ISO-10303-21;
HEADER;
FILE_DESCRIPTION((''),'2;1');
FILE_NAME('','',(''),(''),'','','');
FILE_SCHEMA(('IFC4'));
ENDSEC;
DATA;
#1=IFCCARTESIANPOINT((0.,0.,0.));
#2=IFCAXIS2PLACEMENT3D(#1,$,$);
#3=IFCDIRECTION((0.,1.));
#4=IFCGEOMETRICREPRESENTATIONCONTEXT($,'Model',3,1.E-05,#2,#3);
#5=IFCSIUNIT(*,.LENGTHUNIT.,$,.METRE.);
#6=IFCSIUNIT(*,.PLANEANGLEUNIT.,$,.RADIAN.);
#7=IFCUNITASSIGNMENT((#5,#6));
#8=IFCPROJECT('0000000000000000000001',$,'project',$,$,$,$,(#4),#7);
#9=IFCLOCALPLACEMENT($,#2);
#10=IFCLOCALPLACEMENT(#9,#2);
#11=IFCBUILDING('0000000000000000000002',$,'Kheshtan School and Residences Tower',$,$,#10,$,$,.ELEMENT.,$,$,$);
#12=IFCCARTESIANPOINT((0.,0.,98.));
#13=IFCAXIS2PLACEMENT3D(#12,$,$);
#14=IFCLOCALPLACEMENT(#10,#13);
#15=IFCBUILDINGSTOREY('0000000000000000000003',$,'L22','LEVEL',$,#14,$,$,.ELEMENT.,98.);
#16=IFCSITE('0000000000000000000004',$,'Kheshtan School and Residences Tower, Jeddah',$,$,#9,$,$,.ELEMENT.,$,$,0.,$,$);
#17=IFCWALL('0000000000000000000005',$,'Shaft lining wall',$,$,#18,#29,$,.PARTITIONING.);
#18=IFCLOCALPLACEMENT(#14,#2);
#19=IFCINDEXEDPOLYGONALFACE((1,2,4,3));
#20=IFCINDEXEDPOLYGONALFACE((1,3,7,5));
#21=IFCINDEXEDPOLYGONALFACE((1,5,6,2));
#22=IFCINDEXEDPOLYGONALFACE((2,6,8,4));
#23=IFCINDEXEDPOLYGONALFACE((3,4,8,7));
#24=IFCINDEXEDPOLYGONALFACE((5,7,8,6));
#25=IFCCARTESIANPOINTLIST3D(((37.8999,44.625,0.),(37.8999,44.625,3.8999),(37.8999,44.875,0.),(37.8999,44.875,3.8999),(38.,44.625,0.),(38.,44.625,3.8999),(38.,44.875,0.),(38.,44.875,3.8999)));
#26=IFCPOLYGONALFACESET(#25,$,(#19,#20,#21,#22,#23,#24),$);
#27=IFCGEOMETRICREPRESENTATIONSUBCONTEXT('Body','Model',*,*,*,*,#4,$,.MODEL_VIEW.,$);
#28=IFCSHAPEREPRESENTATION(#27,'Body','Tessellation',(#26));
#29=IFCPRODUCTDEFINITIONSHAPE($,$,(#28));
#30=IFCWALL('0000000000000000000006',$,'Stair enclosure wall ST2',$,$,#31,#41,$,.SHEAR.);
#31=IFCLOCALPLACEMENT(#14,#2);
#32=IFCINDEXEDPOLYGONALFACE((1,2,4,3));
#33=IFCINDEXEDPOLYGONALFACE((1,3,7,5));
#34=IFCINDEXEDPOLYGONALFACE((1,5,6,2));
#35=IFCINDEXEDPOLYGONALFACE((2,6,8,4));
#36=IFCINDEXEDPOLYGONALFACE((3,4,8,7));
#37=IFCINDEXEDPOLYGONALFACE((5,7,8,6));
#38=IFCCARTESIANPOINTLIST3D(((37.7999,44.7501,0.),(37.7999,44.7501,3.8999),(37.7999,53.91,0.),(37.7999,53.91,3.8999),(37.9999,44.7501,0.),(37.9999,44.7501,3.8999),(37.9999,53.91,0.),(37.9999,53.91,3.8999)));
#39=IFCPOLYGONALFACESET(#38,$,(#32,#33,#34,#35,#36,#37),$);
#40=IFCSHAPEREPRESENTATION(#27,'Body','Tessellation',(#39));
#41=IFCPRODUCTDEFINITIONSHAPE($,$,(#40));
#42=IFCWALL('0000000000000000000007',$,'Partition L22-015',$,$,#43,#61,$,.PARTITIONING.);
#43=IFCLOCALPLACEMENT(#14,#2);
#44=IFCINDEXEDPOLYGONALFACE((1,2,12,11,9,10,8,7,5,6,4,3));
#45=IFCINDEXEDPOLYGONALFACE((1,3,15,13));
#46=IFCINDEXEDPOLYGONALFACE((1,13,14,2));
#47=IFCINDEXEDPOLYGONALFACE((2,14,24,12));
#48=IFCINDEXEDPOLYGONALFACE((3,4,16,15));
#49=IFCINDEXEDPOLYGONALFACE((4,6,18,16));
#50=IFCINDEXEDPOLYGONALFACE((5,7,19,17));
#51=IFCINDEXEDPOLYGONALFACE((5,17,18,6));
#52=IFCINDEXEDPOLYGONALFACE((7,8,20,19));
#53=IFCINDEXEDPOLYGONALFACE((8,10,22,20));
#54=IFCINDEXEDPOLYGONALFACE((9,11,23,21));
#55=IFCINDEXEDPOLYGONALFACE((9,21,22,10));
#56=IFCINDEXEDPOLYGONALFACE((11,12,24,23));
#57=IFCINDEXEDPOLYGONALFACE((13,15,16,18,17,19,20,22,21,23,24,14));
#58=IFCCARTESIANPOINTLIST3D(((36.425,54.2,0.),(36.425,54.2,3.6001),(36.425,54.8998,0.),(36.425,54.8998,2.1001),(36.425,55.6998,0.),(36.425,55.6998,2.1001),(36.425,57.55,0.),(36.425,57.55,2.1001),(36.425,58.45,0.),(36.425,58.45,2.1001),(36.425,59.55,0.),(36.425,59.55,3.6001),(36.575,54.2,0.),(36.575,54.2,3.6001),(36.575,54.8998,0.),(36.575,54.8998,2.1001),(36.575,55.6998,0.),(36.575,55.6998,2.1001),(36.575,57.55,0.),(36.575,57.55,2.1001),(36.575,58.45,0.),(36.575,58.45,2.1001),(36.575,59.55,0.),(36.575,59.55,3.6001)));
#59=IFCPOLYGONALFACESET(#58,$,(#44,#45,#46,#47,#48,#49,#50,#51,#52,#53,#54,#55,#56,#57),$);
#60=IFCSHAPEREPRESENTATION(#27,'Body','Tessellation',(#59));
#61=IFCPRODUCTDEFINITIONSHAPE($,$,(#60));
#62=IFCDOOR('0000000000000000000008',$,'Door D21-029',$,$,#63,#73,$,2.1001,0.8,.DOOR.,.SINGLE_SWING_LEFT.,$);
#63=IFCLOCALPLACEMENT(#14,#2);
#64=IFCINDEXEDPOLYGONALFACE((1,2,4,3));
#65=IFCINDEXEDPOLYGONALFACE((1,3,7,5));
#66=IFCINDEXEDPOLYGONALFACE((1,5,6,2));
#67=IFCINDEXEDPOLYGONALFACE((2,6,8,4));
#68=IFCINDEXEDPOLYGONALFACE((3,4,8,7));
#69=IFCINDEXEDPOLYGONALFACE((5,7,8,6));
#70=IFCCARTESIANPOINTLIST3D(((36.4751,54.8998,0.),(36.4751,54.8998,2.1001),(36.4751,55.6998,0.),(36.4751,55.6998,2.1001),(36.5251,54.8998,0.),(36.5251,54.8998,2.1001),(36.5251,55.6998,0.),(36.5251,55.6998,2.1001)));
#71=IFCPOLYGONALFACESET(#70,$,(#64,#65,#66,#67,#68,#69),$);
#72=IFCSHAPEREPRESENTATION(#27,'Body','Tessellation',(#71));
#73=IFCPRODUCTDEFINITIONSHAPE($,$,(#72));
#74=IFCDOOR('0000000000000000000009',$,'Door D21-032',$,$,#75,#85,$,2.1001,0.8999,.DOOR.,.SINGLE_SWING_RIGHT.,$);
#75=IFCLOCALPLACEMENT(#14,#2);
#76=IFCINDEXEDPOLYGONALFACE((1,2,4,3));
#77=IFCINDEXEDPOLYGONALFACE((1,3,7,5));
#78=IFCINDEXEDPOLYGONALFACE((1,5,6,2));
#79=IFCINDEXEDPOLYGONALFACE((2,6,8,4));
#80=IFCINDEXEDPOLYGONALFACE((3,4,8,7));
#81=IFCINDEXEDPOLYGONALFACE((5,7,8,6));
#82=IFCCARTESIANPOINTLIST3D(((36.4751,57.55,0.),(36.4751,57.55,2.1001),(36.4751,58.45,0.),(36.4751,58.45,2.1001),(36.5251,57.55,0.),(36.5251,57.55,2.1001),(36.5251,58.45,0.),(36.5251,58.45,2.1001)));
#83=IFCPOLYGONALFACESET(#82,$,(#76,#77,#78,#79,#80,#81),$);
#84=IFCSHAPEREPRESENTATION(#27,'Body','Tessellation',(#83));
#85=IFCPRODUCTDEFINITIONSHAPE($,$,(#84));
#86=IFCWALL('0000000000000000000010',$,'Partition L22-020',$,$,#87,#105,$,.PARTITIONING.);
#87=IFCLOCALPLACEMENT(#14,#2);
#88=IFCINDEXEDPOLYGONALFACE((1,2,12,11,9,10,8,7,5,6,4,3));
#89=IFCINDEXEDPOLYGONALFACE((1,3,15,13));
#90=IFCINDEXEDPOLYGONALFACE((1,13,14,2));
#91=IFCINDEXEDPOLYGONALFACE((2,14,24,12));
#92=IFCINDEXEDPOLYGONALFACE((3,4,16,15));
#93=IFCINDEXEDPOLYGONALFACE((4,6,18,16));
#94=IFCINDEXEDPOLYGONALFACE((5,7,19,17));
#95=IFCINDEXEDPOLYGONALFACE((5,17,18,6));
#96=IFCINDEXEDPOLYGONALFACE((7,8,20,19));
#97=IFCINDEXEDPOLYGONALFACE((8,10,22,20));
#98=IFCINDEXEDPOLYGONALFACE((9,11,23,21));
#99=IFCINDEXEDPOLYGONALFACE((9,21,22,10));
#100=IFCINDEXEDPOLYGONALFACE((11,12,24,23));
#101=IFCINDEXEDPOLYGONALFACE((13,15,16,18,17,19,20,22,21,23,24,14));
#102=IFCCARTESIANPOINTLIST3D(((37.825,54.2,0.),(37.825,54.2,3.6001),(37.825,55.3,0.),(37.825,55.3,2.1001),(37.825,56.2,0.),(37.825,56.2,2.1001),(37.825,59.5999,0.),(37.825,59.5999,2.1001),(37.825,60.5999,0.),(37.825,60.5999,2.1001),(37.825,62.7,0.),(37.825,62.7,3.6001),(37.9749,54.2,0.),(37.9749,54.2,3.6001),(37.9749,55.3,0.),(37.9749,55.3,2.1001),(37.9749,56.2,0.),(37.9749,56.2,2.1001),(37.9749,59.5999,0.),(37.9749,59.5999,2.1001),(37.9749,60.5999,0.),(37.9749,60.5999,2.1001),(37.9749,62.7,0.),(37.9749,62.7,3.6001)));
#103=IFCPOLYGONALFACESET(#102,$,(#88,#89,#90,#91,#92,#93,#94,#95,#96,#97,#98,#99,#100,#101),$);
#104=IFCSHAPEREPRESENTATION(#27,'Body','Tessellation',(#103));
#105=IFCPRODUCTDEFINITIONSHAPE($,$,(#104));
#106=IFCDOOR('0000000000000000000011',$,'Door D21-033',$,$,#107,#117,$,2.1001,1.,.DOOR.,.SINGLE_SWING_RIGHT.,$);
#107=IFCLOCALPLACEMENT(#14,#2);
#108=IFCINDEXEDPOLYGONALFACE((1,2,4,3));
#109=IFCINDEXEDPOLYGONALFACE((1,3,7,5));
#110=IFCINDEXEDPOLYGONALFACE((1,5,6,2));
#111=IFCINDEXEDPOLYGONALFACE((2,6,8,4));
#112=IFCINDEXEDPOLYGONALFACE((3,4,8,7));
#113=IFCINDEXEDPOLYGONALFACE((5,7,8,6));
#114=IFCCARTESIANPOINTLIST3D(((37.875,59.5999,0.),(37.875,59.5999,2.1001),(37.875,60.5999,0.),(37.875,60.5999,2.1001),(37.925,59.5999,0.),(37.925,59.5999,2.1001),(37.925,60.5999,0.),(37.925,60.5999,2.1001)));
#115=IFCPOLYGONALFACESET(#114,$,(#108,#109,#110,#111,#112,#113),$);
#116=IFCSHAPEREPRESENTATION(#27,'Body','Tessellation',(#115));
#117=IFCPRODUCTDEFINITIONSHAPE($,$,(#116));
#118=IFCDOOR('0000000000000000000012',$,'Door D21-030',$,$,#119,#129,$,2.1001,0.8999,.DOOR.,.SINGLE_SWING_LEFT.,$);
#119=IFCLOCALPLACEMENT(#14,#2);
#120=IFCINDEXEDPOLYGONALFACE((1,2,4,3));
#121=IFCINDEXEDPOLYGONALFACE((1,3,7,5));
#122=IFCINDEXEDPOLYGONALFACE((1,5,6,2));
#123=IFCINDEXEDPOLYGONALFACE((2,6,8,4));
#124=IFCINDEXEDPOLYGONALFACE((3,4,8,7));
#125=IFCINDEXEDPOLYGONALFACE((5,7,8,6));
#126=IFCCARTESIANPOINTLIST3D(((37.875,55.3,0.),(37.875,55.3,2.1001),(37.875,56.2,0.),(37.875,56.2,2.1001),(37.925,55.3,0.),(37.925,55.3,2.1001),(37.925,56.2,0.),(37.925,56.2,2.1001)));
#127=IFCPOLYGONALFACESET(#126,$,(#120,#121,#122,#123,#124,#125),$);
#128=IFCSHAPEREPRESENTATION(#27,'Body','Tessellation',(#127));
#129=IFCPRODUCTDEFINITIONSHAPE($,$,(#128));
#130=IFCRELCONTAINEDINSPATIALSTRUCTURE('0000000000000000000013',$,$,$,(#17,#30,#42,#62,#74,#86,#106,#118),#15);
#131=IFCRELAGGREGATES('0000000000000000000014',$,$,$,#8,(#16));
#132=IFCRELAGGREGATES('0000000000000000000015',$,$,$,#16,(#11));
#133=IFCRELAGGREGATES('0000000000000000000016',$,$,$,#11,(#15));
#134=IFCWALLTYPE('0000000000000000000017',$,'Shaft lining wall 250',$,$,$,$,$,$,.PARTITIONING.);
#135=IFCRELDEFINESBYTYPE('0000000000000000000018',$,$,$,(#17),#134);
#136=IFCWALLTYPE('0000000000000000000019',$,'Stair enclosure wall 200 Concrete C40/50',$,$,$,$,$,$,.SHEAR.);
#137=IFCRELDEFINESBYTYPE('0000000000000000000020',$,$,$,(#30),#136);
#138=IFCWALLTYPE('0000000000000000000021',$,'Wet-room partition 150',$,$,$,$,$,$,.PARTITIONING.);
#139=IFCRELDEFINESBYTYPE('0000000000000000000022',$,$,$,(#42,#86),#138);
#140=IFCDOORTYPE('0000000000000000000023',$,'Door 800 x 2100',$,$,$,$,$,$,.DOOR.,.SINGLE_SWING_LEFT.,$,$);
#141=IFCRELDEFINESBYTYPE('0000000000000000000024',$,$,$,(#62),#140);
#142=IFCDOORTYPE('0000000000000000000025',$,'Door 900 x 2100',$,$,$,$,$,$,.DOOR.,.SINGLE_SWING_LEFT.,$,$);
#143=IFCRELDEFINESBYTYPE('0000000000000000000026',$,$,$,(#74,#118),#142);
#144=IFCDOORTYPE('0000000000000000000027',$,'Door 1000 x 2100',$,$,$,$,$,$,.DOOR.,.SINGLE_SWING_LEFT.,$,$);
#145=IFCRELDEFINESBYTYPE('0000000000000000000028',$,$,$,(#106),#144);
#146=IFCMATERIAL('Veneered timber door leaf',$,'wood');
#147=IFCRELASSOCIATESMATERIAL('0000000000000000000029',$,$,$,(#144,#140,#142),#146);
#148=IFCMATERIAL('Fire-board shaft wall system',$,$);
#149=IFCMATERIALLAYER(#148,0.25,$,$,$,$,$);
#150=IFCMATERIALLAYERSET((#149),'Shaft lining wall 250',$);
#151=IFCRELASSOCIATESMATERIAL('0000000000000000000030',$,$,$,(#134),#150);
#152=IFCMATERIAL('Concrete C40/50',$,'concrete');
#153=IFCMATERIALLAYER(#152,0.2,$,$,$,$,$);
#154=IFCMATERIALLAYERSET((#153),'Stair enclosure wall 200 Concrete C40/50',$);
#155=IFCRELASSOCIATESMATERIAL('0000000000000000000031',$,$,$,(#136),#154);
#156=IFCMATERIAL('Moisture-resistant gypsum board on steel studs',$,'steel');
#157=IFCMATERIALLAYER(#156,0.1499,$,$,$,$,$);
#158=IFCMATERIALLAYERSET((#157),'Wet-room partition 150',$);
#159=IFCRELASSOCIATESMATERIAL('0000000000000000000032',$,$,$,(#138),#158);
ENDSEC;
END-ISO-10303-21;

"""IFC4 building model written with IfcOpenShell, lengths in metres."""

from ifc_helpers import new_model, si_unit, direction, frame, frame_2d, origin, place, context, subcontext, project, spatial, rectangle, extrude, source, transform, mapped, material, layer, layer_set, type_object, element, fill, save


model = new_model("IFC4")

# Units and contexts
model_context = context("Model", 3, precision=1e-05, world=origin(), true_north=direction((0.0, 1.0)))
body_context = subcontext(model_context, "Body", "Model", "MODEL_VIEW")
ifc_project = project(units=[si_unit("LENGTHUNIT", "METRE"), si_unit("PLANEANGLEUNIT", "RADIAN")], contexts=[model_context])

# Site, building, storey
site_placement = place(None, origin())
site = spatial("IfcSite", under=ifc_project, at=site_placement, Name="Kheshtan School and Residences Tower, Jeddah", CompositionType="ELEMENT", RefElevation=0.0)
building_placement = place(site_placement, origin())
building = spatial("IfcBuilding", under=site, at=building_placement, Name="Kheshtan School and Residences Tower", CompositionType="ELEMENT")
storey_placement = place(building_placement, frame((0.0, 0.0, 98.0)))
storey = spatial("IfcBuildingStorey", under=building, at=storey_placement, Name="L22", Description="LEVEL", CompositionType="ELEMENT", Elevation=98.0)

# Shared definitions
ifc_material_1 = material(Name="Veneered timber door leaf", Category="wood")
door_type_1 = type_object("IfcDoorType", Name="Door 1000 x 2100", OperationType="SINGLE_SWING_LEFT", PredefinedType="DOOR", material=ifc_material_1)
shared_shape_1 = source(origin(), body_context, "Body", "SweptSolid", [
    extrude(rectangle(XDim=1.0, YDim=2.1001, at=frame_2d((0.5, 1.05))), frame((0.0, 0.0249, 0.0), z_axis=(0.0, -1.0, 0.0), x_axis=(1.0, 0.0, 0.0)), (0.0, 0.0, 1.0), 0.05),
])

# Walls
ifc_material_2 = material(Name="Fire-board shaft wall system")
ifc_layer_1 = layer(ifc_material_2, 0.25)
ifc_layer_set_1 = layer_set([ifc_layer_1], Name="Shaft lining wall 250")
wall_type_1 = type_object("IfcWallType", Name="Shaft lining wall 250", PredefinedType="PARTITIONING", material=ifc_layer_set_1)
wall_1_placement = place(storey_placement, frame((37.8999, 44.75, 0.0), z_axis=(0.0, 0.0, 1.0), x_axis=(1.0, 0.0, 0.0)))
element("IfcWall", 1, at=wall_1_placement, inside=storey, type_object=wall_type_1, Name="Shaft lining wall", PredefinedType="PARTITIONING", context=body_context, shape_type="SweptSolid", body=[
    extrude(rectangle(XDim=0.1001, YDim=0.25, at=frame_2d((0.05, 0.0))), origin(), (0.0, 0.0, 1.0), 3.8999),
])
ifc_material_3 = material(Name="Concrete C40/50", Category="concrete")
ifc_layer_2 = layer(ifc_material_3, 0.2)
ifc_layer_set_2 = layer_set([ifc_layer_2], Name="Stair enclosure wall 200 Concrete C40/50")
wall_type_2 = type_object("IfcWallType", Name="Stair enclosure wall 200 Concrete C40/50", PredefinedType="SHEAR", material=ifc_layer_set_2)
wall_2_placement = place(storey_placement, frame((37.8999, 44.75, 0.0), z_axis=(0.0, 0.0, 1.0), x_axis=(0.0, 1.0, 0.0)))
element("IfcWall", 2, at=wall_2_placement, inside=storey, type_object=wall_type_2, Name="Stair enclosure wall ST2", PredefinedType="SHEAR", context=body_context, shape_type="SweptSolid", body=[
    extrude(rectangle(XDim=9.1599, YDim=0.2, at=frame_2d((4.5801, 0.0))), origin(), (0.0, 0.0, 1.0), 3.8999),
])

# Walls, openings, doors
ifc_material_4 = material(Name="Moisture-resistant gypsum board on steel studs", Category="steel")
ifc_layer_3 = layer(ifc_material_4, 0.1499)
ifc_layer_set_3 = layer_set([ifc_layer_3], Name="Wet-room partition 150")
wall_type_3 = type_object("IfcWallType", Name="Wet-room partition 150", PredefinedType="PARTITIONING", material=ifc_layer_set_3)
wall_3_placement = place(storey_placement, frame((36.5, 54.2, 0.0), z_axis=(0.0, 0.0, 1.0), x_axis=(0.0, 1.0, 0.0)))
wall_3 = element("IfcWall", 3, at=wall_3_placement, inside=storey, type_object=wall_type_3, Name="Partition L22-015", PredefinedType="PARTITIONING", context=body_context, shape_type="SweptSolid", body=[
    extrude(rectangle(XDim=5.3501, YDim=0.1499, at=frame_2d((2.675, 0.0))), origin(), (0.0, 0.0, 1.0), 3.6001),
])
opening_1_placement = place(wall_3_placement, frame((0.7, 0.0, 0.0)))
opening_1 = element("IfcOpeningElement", 4, at=opening_1_placement, cuts=wall_3, PredefinedType="OPENING", context=body_context, shape_type="SweptSolid", body=[
    extrude(rectangle(XDim=0.8, YDim=2.1001, at=frame_2d((0.3999, 1.05))), frame((0.0, 0.085, 0.0), z_axis=(0.0, -1.0, 0.0), x_axis=(1.0, 0.0, 0.0)), (0.0, 0.0, 1.0), 0.1699),
])
opening_2_placement = place(wall_3_placement, frame((3.3501, 0.0, 0.0)))
opening_2 = element("IfcOpeningElement", 5, at=opening_2_placement, cuts=wall_3, PredefinedType="OPENING", context=body_context, shape_type="SweptSolid", body=[
    extrude(rectangle(XDim=0.8999, YDim=2.1001, at=frame_2d((0.45, 1.05))), frame((0.0, 0.085, 0.0), z_axis=(0.0, -1.0, 0.0), x_axis=(1.0, 0.0, 0.0)), (0.0, 0.0, 1.0), 0.1699),
])
door_type_2 = type_object("IfcDoorType", Name="Door 800 x 2100", OperationType="SINGLE_SWING_LEFT", PredefinedType="DOOR", material=ifc_material_1)
shared_shape_2 = source(origin(), body_context, "Body", "SweptSolid", [
    extrude(rectangle(XDim=0.8, YDim=2.1001, at=frame_2d((0.3999, 1.05))), frame((0.0, 0.0249, 0.0), z_axis=(0.0, -1.0, 0.0), x_axis=(1.0, 0.0, 0.0)), (0.0, 0.0, 1.0), 0.05),
])
door_1_placement = place(opening_1_placement, origin())
door_1 = element("IfcDoor", 6, at=door_1_placement, inside=storey, type_object=door_type_2, Name="Door D21-029", OperationType="SINGLE_SWING_LEFT", OverallHeight=2.1001, OverallWidth=0.8, PredefinedType="DOOR", context=body_context, shape_type="MappedRepresentation", body=[
    mapped(shared_shape_2, transform((0.0, 0.0, 0.0), x_axis=(1.0, 0.0, 0.0), y_axis=(0.0, 1.0, 0.0), z_axis=(0.0, 0.0, 1.0), scale=1.0)),
])
fill(opening_1, door_1)
door_type_3 = type_object("IfcDoorType", Name="Door 900 x 2100", OperationType="SINGLE_SWING_LEFT", PredefinedType="DOOR", material=ifc_material_1)
shared_shape_3 = source(origin(), body_context, "Body", "SweptSolid", [
    extrude(rectangle(XDim=0.8999, YDim=2.1001, at=frame_2d((0.45, 1.05))), frame((0.0, 0.0249, 0.0), z_axis=(0.0, -1.0, 0.0), x_axis=(1.0, 0.0, 0.0)), (0.0, 0.0, 1.0), 0.05),
])
door_2_placement = place(opening_2_placement, origin())
door_2 = element("IfcDoor", 7, at=door_2_placement, inside=storey, type_object=door_type_3, Name="Door D21-032", OperationType="SINGLE_SWING_RIGHT", OverallHeight=2.1001, OverallWidth=0.8999, PredefinedType="DOOR", context=body_context, shape_type="MappedRepresentation", body=[
    mapped(shared_shape_3, transform((0.0, 0.0, 0.0), x_axis=(1.0, 0.0, 0.0), y_axis=(0.0, 1.0, 0.0), z_axis=(0.0, 0.0, 1.0), scale=1.0)),
])
fill(opening_2, door_2)
wall_4_placement = place(storey_placement, frame((37.8999, 54.2, 0.0), z_axis=(0.0, 0.0, 1.0), x_axis=(0.0, 1.0, 0.0)))
wall_4 = element("IfcWall", 8, at=wall_4_placement, inside=storey, type_object=wall_type_3, Name="Partition L22-020", PredefinedType="PARTITIONING", context=body_context, shape_type="SweptSolid", body=[
    extrude(rectangle(XDim=8.5, YDim=0.1499, at=frame_2d((4.25, 0.0))), origin(), (0.0, 0.0, 1.0), 3.6001),
])
opening_3_placement = place(wall_4_placement, frame((1.1001, 0.0, 0.0)))
opening_3 = element("IfcOpeningElement", 9, at=opening_3_placement, cuts=wall_4, PredefinedType="OPENING", context=body_context, shape_type="SweptSolid", body=[
    extrude(rectangle(XDim=0.8999, YDim=2.1001, at=frame_2d((0.45, 1.05))), frame((0.0, 0.085, 0.0), z_axis=(0.0, -1.0, 0.0), x_axis=(1.0, 0.0, 0.0)), (0.0, 0.0, 1.0), 0.1699),
])
opening_4_placement = place(wall_4_placement, frame((5.3999, 0.0, 0.0)))
opening_4 = element("IfcOpeningElement", 10, at=opening_4_placement, cuts=wall_4, PredefinedType="OPENING", context=body_context, shape_type="SweptSolid", body=[
    extrude(rectangle(XDim=1.0, YDim=2.1001, at=frame_2d((0.5, 1.05))), frame((0.0, 0.085, 0.0), z_axis=(0.0, -1.0, 0.0), x_axis=(1.0, 0.0, 0.0)), (0.0, 0.0, 1.0), 0.1699),
])
door_3_placement = place(opening_4_placement, origin())
door_3 = element("IfcDoor", 11, at=door_3_placement, inside=storey, type_object=door_type_1, Name="Door D21-033", OperationType="SINGLE_SWING_RIGHT", OverallHeight=2.1001, OverallWidth=1.0, PredefinedType="DOOR", context=body_context, shape_type="MappedRepresentation", body=[
    mapped(shared_shape_1, transform((0.0, 0.0, 0.0), x_axis=(1.0, 0.0, 0.0), y_axis=(0.0, 1.0, 0.0), z_axis=(0.0, 0.0, 1.0), scale=1.0)),
])
fill(opening_4, door_3)
door_4_placement = place(opening_3_placement, origin())
door_4 = element("IfcDoor", 12, at=door_4_placement, inside=storey, type_object=door_type_3, Name="Door D21-030", OperationType="SINGLE_SWING_LEFT", OverallHeight=2.1001, OverallWidth=0.8999, PredefinedType="DOOR", context=body_context, shape_type="MappedRepresentation", body=[
    mapped(shared_shape_3, transform((0.0, 0.0, 0.0), x_axis=(1.0, 0.0, 0.0), y_axis=(0.0, 1.0, 0.0), z_axis=(0.0, 0.0, 1.0), scale=1.0)),
])
fill(opening_3, door_4)

save(model, "model.ifc")
